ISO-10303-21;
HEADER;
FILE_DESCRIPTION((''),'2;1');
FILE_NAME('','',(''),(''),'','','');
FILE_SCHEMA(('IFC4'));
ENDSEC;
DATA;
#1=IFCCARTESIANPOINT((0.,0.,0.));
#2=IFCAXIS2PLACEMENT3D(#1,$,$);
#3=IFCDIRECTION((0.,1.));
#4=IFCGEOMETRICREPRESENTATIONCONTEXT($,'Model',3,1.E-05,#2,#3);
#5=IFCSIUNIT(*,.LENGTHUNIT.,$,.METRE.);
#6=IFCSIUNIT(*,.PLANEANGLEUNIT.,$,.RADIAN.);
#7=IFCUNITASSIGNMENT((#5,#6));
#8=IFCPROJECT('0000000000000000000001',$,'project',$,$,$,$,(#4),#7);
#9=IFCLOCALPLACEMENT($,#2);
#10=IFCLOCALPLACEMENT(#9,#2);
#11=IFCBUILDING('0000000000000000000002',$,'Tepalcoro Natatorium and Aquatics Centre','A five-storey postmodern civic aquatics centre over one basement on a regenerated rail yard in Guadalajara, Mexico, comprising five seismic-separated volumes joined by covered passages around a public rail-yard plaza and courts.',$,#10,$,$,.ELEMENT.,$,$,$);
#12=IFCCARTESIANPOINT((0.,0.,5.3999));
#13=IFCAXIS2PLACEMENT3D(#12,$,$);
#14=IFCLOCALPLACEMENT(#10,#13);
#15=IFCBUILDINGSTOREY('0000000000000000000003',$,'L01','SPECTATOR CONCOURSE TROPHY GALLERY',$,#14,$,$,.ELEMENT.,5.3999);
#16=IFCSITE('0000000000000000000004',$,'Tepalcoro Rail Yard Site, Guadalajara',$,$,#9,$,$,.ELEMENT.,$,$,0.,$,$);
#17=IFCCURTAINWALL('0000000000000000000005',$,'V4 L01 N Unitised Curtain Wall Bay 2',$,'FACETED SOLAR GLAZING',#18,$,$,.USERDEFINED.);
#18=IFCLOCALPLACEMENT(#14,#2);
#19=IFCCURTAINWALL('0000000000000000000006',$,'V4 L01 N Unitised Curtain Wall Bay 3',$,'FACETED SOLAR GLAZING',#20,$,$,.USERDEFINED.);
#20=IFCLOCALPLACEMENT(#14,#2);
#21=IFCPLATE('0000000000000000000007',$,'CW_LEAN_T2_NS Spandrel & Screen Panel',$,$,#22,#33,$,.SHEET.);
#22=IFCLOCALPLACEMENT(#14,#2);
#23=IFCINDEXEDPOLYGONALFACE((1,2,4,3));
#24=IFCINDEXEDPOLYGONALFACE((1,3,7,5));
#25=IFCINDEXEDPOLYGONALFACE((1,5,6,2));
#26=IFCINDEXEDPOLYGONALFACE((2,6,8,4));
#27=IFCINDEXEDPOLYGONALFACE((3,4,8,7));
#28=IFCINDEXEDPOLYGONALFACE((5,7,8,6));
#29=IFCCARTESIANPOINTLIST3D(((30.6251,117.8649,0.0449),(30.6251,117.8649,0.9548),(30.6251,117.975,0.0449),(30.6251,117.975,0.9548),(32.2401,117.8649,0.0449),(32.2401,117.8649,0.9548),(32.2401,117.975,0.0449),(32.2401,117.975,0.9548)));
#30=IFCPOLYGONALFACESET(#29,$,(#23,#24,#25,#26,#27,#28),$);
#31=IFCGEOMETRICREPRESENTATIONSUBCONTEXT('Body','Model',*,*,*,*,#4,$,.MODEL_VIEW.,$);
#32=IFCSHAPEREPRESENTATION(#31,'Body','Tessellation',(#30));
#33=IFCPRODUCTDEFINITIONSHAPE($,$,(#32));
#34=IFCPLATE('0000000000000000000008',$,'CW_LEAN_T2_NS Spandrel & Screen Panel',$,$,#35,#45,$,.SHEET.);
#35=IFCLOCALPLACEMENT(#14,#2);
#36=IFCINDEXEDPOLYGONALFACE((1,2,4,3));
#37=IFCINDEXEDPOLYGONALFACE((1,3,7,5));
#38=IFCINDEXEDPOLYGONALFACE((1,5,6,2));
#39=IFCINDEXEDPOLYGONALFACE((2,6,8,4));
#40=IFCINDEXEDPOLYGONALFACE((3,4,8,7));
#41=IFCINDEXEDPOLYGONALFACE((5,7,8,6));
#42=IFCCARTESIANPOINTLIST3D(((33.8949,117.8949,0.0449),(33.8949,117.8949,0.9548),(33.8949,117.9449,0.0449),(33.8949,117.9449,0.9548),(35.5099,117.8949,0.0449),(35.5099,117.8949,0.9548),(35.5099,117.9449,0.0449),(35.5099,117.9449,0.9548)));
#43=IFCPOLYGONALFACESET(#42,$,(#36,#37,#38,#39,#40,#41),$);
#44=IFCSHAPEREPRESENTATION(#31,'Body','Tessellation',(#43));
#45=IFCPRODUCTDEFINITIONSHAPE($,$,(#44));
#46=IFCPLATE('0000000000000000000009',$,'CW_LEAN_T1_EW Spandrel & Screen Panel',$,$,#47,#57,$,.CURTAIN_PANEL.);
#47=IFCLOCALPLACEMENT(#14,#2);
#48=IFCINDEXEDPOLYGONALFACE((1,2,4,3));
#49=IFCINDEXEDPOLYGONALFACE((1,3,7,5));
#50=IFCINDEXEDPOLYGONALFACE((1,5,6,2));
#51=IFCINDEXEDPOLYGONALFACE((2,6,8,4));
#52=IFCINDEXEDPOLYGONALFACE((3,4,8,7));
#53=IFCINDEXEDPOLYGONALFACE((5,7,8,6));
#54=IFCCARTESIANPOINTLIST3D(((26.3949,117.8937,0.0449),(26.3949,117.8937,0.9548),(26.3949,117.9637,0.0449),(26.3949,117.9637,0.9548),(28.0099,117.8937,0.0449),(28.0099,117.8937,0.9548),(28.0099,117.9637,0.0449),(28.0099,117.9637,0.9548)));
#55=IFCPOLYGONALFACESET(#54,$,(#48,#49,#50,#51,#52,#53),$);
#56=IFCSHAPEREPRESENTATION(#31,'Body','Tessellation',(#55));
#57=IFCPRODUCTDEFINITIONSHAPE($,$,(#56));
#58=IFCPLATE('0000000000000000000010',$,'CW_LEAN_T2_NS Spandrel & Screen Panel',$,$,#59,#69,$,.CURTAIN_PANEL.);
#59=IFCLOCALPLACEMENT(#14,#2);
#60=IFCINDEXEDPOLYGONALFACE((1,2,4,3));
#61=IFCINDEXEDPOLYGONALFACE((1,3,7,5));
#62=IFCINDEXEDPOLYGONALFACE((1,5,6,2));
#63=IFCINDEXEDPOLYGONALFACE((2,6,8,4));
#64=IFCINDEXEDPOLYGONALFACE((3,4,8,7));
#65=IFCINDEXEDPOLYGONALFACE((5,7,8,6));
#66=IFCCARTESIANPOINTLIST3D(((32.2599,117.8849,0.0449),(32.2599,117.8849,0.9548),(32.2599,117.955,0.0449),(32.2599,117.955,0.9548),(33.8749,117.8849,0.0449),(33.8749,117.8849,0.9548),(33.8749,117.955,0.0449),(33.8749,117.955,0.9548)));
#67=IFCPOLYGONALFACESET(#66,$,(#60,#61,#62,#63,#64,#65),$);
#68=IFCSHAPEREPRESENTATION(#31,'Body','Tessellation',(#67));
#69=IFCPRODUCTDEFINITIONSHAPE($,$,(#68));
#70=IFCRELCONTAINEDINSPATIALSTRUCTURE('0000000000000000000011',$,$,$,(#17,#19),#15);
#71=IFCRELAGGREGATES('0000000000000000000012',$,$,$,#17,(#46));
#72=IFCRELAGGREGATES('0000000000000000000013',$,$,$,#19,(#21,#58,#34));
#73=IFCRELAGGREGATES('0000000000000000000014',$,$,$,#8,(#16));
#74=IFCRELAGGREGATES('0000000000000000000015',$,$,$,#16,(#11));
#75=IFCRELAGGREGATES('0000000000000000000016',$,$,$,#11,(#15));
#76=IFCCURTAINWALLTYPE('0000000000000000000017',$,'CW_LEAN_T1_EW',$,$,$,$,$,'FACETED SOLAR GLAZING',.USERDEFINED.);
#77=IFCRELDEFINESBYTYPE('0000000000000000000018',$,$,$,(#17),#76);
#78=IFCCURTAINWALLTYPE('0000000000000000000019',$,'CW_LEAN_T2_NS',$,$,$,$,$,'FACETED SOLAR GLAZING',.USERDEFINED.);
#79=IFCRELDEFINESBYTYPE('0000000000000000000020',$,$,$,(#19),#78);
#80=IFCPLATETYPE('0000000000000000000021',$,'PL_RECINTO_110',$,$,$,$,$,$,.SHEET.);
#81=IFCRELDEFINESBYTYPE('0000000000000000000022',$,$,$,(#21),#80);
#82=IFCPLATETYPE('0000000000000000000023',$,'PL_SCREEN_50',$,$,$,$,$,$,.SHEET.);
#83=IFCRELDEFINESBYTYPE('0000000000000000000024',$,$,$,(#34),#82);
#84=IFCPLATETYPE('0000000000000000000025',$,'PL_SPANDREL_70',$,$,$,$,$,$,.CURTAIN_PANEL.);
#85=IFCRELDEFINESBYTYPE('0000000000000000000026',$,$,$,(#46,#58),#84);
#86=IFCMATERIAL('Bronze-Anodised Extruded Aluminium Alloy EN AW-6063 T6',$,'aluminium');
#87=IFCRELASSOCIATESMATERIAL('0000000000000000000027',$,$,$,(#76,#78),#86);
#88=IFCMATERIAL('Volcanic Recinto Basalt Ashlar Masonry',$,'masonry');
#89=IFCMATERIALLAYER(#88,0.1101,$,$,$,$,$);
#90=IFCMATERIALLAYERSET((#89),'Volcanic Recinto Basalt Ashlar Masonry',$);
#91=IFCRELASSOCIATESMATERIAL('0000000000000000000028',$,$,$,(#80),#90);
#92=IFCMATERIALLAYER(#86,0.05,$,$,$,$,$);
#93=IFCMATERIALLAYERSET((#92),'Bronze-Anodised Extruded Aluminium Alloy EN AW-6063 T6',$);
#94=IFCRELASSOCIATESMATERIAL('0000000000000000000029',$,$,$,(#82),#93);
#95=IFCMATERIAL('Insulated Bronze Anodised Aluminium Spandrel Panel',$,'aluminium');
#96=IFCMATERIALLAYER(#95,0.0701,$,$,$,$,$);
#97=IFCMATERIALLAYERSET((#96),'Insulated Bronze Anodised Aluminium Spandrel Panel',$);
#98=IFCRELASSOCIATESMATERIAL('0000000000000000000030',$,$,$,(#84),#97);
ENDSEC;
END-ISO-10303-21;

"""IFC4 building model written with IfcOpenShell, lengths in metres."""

from ifc_helpers import new_model, si_unit, direction, frame, origin, origin_2d, place, context, subcontext, project, spatial, rectangle, extrude, material, layer, layer_set, type_object, element, aggregate, save


model = new_model("IFC4")

# Units and contexts
model_context = context("Model", 3, precision=1e-05, world=origin(), true_north=direction((0.0, 1.0)))
body_context = subcontext(model_context, "Body", "Model", "MODEL_VIEW")
ifc_project = project(units=[si_unit("LENGTHUNIT", "METRE"), si_unit("PLANEANGLEUNIT", "RADIAN")], contexts=[model_context])

# Site, building, storey
site_placement = place(None, origin())
site = spatial("IfcSite", under=ifc_project, at=site_placement, Name="Tepalcoro Rail Yard Site, Guadalajara", CompositionType="ELEMENT", RefElevation=0.0)
building_placement = place(site_placement, origin())
building = spatial("IfcBuilding", under=site, at=building_placement, Name="Tepalcoro Natatorium and Aquatics Centre", Description="A five-storey postmodern civic aquatics centre over one basement on a regenerated rail yard in Guadalajara, Mexico, comprising five seismic-separated volumes joined by covered passages around a public rail-yard plaza and courts.", CompositionType="ELEMENT")
storey_placement = place(building_placement, frame((0.0, 0.0, 5.3999)))
storey = spatial("IfcBuildingStorey", under=building, at=storey_placement, Name="L01", Description="SPECTATOR CONCOURSE TROPHY GALLERY", CompositionType="ELEMENT", Elevation=5.3999)

# Curtain walls
ifc_material_1 = material(Name="Bronze-Anodised Extruded Aluminium Alloy EN AW-6063 T6", Category="aluminium")
curtain_wall_type_1 = type_object("IfcCurtainWallType", Name="CW_LEAN_T1_EW", ElementType="FACETED SOLAR GLAZING", PredefinedType="USERDEFINED", material=ifc_material_1)
curtain_wall_1_placement = place(storey_placement, origin())
curtain_wall_1 = element("IfcCurtainWall", 1, at=curtain_wall_1_placement, inside=storey, type_object=curtain_wall_type_1, Name="V4 L01 N Unitised Curtain Wall Bay 2", ObjectType="FACETED SOLAR GLAZING", PredefinedType="USERDEFINED")
curtain_wall_type_2 = type_object("IfcCurtainWallType", Name="CW_LEAN_T2_NS", ElementType="FACETED SOLAR GLAZING", PredefinedType="USERDEFINED", material=ifc_material_1)
curtain_wall_2_placement = place(storey_placement, origin())
curtain_wall_2 = element("IfcCurtainWall", 2, at=curtain_wall_2_placement, inside=storey, type_object=curtain_wall_type_2, Name="V4 L01 N Unitised Curtain Wall Bay 3", ObjectType="FACETED SOLAR GLAZING", PredefinedType="USERDEFINED")

# Plates
ifc_material_2 = material(Name="Volcanic Recinto Basalt Ashlar Masonry", Category="masonry")
ifc_layer_1 = layer(ifc_material_2, 0.1101)
ifc_layer_set_1 = layer_set([ifc_layer_1], Name="Volcanic Recinto Basalt Ashlar Masonry")
plate_type_1 = type_object("IfcPlateType", Name="PL_RECINTO_110", PredefinedType="SHEET", material=ifc_layer_set_1)
plate_1_placement = place(storey_placement, frame((31.4326, 117.9199, 0.0449), z_axis=(0.0, 0.0, 1.0), x_axis=(1.0, 0.0, 0.0)))
plate_1 = element("IfcPlate", 3, at=plate_1_placement, type_object=plate_type_1, Name="CW_LEAN_T2_NS Spandrel & Screen Panel", PredefinedType="SHEET", context=body_context, shape_type="SweptSolid", body=[
    extrude(rectangle(XDim=1.615, YDim=0.1101, at=origin_2d()), origin(), (0.0, 0.0, 1.0), 0.9099),
])
ifc_layer_2 = layer(ifc_material_1, 0.05)
ifc_layer_set_2 = layer_set([ifc_layer_2], Name="Bronze-Anodised Extruded Aluminium Alloy EN AW-6063 T6")
plate_type_2 = type_object("IfcPlateType", Name="PL_SCREEN_50", PredefinedType="SHEET", material=ifc_layer_set_2)
plate_2_placement = place(storey_placement, frame((34.7024, 117.9199, 0.0449), z_axis=(0.0, 0.0, 1.0), x_axis=(1.0, 0.0, 0.0)))
plate_2 = element("IfcPlate", 4, at=plate_2_placement, type_object=plate_type_2, Name="CW_LEAN_T2_NS Spandrel & Screen Panel", PredefinedType="SHEET", context=body_context, shape_type="SweptSolid", body=[
    extrude(rectangle(XDim=1.615, YDim=0.05, at=origin_2d()), origin(), (0.0, 0.0, 1.0), 0.9099),
])
ifc_material_3 = material(Name="Insulated Bronze Anodised Aluminium Spandrel Panel", Category="aluminium")
ifc_layer_3 = layer(ifc_material_3, 0.0701)
ifc_layer_set_3 = layer_set([ifc_layer_3], Name="Insulated Bronze Anodised Aluminium Spandrel Panel")
plate_type_3 = type_object("IfcPlateType", Name="PL_SPANDREL_70", PredefinedType="CURTAIN_PANEL", material=ifc_layer_set_3)
plate_3_placement = place(storey_placement, frame((27.2024, 117.9287, 0.0449), z_axis=(0.0, 0.0, 1.0), x_axis=(1.0, 0.0, 0.0)))
plate_3 = element("IfcPlate", 5, at=plate_3_placement, type_object=plate_type_3, Name="CW_LEAN_T1_EW Spandrel & Screen Panel", PredefinedType="CURTAIN_PANEL", context=body_context, shape_type="SweptSolid", body=[
    extrude(rectangle(XDim=1.615, YDim=0.0701, at=origin_2d()), origin(), (0.0, 0.0, 1.0), 0.9099),
])
aggregate(curtain_wall_1, [plate_3])
plate_4_placement = place(storey_placement, frame((33.0674, 117.9199, 0.0449), z_axis=(0.0, 0.0, 1.0), x_axis=(1.0, 0.0, 0.0)))
plate_4 = element("IfcPlate", 6, at=plate_4_placement, type_object=plate_type_3, Name="CW_LEAN_T2_NS Spandrel & Screen Panel", PredefinedType="CURTAIN_PANEL", context=body_context, shape_type="SweptSolid", body=[
    extrude(rectangle(XDim=1.615, YDim=0.0701, at=origin_2d()), origin(), (0.0, 0.0, 1.0), 0.9099),
])
aggregate(curtain_wall_2, [plate_1, plate_4, plate_2])

save(model, "model.ifc")
